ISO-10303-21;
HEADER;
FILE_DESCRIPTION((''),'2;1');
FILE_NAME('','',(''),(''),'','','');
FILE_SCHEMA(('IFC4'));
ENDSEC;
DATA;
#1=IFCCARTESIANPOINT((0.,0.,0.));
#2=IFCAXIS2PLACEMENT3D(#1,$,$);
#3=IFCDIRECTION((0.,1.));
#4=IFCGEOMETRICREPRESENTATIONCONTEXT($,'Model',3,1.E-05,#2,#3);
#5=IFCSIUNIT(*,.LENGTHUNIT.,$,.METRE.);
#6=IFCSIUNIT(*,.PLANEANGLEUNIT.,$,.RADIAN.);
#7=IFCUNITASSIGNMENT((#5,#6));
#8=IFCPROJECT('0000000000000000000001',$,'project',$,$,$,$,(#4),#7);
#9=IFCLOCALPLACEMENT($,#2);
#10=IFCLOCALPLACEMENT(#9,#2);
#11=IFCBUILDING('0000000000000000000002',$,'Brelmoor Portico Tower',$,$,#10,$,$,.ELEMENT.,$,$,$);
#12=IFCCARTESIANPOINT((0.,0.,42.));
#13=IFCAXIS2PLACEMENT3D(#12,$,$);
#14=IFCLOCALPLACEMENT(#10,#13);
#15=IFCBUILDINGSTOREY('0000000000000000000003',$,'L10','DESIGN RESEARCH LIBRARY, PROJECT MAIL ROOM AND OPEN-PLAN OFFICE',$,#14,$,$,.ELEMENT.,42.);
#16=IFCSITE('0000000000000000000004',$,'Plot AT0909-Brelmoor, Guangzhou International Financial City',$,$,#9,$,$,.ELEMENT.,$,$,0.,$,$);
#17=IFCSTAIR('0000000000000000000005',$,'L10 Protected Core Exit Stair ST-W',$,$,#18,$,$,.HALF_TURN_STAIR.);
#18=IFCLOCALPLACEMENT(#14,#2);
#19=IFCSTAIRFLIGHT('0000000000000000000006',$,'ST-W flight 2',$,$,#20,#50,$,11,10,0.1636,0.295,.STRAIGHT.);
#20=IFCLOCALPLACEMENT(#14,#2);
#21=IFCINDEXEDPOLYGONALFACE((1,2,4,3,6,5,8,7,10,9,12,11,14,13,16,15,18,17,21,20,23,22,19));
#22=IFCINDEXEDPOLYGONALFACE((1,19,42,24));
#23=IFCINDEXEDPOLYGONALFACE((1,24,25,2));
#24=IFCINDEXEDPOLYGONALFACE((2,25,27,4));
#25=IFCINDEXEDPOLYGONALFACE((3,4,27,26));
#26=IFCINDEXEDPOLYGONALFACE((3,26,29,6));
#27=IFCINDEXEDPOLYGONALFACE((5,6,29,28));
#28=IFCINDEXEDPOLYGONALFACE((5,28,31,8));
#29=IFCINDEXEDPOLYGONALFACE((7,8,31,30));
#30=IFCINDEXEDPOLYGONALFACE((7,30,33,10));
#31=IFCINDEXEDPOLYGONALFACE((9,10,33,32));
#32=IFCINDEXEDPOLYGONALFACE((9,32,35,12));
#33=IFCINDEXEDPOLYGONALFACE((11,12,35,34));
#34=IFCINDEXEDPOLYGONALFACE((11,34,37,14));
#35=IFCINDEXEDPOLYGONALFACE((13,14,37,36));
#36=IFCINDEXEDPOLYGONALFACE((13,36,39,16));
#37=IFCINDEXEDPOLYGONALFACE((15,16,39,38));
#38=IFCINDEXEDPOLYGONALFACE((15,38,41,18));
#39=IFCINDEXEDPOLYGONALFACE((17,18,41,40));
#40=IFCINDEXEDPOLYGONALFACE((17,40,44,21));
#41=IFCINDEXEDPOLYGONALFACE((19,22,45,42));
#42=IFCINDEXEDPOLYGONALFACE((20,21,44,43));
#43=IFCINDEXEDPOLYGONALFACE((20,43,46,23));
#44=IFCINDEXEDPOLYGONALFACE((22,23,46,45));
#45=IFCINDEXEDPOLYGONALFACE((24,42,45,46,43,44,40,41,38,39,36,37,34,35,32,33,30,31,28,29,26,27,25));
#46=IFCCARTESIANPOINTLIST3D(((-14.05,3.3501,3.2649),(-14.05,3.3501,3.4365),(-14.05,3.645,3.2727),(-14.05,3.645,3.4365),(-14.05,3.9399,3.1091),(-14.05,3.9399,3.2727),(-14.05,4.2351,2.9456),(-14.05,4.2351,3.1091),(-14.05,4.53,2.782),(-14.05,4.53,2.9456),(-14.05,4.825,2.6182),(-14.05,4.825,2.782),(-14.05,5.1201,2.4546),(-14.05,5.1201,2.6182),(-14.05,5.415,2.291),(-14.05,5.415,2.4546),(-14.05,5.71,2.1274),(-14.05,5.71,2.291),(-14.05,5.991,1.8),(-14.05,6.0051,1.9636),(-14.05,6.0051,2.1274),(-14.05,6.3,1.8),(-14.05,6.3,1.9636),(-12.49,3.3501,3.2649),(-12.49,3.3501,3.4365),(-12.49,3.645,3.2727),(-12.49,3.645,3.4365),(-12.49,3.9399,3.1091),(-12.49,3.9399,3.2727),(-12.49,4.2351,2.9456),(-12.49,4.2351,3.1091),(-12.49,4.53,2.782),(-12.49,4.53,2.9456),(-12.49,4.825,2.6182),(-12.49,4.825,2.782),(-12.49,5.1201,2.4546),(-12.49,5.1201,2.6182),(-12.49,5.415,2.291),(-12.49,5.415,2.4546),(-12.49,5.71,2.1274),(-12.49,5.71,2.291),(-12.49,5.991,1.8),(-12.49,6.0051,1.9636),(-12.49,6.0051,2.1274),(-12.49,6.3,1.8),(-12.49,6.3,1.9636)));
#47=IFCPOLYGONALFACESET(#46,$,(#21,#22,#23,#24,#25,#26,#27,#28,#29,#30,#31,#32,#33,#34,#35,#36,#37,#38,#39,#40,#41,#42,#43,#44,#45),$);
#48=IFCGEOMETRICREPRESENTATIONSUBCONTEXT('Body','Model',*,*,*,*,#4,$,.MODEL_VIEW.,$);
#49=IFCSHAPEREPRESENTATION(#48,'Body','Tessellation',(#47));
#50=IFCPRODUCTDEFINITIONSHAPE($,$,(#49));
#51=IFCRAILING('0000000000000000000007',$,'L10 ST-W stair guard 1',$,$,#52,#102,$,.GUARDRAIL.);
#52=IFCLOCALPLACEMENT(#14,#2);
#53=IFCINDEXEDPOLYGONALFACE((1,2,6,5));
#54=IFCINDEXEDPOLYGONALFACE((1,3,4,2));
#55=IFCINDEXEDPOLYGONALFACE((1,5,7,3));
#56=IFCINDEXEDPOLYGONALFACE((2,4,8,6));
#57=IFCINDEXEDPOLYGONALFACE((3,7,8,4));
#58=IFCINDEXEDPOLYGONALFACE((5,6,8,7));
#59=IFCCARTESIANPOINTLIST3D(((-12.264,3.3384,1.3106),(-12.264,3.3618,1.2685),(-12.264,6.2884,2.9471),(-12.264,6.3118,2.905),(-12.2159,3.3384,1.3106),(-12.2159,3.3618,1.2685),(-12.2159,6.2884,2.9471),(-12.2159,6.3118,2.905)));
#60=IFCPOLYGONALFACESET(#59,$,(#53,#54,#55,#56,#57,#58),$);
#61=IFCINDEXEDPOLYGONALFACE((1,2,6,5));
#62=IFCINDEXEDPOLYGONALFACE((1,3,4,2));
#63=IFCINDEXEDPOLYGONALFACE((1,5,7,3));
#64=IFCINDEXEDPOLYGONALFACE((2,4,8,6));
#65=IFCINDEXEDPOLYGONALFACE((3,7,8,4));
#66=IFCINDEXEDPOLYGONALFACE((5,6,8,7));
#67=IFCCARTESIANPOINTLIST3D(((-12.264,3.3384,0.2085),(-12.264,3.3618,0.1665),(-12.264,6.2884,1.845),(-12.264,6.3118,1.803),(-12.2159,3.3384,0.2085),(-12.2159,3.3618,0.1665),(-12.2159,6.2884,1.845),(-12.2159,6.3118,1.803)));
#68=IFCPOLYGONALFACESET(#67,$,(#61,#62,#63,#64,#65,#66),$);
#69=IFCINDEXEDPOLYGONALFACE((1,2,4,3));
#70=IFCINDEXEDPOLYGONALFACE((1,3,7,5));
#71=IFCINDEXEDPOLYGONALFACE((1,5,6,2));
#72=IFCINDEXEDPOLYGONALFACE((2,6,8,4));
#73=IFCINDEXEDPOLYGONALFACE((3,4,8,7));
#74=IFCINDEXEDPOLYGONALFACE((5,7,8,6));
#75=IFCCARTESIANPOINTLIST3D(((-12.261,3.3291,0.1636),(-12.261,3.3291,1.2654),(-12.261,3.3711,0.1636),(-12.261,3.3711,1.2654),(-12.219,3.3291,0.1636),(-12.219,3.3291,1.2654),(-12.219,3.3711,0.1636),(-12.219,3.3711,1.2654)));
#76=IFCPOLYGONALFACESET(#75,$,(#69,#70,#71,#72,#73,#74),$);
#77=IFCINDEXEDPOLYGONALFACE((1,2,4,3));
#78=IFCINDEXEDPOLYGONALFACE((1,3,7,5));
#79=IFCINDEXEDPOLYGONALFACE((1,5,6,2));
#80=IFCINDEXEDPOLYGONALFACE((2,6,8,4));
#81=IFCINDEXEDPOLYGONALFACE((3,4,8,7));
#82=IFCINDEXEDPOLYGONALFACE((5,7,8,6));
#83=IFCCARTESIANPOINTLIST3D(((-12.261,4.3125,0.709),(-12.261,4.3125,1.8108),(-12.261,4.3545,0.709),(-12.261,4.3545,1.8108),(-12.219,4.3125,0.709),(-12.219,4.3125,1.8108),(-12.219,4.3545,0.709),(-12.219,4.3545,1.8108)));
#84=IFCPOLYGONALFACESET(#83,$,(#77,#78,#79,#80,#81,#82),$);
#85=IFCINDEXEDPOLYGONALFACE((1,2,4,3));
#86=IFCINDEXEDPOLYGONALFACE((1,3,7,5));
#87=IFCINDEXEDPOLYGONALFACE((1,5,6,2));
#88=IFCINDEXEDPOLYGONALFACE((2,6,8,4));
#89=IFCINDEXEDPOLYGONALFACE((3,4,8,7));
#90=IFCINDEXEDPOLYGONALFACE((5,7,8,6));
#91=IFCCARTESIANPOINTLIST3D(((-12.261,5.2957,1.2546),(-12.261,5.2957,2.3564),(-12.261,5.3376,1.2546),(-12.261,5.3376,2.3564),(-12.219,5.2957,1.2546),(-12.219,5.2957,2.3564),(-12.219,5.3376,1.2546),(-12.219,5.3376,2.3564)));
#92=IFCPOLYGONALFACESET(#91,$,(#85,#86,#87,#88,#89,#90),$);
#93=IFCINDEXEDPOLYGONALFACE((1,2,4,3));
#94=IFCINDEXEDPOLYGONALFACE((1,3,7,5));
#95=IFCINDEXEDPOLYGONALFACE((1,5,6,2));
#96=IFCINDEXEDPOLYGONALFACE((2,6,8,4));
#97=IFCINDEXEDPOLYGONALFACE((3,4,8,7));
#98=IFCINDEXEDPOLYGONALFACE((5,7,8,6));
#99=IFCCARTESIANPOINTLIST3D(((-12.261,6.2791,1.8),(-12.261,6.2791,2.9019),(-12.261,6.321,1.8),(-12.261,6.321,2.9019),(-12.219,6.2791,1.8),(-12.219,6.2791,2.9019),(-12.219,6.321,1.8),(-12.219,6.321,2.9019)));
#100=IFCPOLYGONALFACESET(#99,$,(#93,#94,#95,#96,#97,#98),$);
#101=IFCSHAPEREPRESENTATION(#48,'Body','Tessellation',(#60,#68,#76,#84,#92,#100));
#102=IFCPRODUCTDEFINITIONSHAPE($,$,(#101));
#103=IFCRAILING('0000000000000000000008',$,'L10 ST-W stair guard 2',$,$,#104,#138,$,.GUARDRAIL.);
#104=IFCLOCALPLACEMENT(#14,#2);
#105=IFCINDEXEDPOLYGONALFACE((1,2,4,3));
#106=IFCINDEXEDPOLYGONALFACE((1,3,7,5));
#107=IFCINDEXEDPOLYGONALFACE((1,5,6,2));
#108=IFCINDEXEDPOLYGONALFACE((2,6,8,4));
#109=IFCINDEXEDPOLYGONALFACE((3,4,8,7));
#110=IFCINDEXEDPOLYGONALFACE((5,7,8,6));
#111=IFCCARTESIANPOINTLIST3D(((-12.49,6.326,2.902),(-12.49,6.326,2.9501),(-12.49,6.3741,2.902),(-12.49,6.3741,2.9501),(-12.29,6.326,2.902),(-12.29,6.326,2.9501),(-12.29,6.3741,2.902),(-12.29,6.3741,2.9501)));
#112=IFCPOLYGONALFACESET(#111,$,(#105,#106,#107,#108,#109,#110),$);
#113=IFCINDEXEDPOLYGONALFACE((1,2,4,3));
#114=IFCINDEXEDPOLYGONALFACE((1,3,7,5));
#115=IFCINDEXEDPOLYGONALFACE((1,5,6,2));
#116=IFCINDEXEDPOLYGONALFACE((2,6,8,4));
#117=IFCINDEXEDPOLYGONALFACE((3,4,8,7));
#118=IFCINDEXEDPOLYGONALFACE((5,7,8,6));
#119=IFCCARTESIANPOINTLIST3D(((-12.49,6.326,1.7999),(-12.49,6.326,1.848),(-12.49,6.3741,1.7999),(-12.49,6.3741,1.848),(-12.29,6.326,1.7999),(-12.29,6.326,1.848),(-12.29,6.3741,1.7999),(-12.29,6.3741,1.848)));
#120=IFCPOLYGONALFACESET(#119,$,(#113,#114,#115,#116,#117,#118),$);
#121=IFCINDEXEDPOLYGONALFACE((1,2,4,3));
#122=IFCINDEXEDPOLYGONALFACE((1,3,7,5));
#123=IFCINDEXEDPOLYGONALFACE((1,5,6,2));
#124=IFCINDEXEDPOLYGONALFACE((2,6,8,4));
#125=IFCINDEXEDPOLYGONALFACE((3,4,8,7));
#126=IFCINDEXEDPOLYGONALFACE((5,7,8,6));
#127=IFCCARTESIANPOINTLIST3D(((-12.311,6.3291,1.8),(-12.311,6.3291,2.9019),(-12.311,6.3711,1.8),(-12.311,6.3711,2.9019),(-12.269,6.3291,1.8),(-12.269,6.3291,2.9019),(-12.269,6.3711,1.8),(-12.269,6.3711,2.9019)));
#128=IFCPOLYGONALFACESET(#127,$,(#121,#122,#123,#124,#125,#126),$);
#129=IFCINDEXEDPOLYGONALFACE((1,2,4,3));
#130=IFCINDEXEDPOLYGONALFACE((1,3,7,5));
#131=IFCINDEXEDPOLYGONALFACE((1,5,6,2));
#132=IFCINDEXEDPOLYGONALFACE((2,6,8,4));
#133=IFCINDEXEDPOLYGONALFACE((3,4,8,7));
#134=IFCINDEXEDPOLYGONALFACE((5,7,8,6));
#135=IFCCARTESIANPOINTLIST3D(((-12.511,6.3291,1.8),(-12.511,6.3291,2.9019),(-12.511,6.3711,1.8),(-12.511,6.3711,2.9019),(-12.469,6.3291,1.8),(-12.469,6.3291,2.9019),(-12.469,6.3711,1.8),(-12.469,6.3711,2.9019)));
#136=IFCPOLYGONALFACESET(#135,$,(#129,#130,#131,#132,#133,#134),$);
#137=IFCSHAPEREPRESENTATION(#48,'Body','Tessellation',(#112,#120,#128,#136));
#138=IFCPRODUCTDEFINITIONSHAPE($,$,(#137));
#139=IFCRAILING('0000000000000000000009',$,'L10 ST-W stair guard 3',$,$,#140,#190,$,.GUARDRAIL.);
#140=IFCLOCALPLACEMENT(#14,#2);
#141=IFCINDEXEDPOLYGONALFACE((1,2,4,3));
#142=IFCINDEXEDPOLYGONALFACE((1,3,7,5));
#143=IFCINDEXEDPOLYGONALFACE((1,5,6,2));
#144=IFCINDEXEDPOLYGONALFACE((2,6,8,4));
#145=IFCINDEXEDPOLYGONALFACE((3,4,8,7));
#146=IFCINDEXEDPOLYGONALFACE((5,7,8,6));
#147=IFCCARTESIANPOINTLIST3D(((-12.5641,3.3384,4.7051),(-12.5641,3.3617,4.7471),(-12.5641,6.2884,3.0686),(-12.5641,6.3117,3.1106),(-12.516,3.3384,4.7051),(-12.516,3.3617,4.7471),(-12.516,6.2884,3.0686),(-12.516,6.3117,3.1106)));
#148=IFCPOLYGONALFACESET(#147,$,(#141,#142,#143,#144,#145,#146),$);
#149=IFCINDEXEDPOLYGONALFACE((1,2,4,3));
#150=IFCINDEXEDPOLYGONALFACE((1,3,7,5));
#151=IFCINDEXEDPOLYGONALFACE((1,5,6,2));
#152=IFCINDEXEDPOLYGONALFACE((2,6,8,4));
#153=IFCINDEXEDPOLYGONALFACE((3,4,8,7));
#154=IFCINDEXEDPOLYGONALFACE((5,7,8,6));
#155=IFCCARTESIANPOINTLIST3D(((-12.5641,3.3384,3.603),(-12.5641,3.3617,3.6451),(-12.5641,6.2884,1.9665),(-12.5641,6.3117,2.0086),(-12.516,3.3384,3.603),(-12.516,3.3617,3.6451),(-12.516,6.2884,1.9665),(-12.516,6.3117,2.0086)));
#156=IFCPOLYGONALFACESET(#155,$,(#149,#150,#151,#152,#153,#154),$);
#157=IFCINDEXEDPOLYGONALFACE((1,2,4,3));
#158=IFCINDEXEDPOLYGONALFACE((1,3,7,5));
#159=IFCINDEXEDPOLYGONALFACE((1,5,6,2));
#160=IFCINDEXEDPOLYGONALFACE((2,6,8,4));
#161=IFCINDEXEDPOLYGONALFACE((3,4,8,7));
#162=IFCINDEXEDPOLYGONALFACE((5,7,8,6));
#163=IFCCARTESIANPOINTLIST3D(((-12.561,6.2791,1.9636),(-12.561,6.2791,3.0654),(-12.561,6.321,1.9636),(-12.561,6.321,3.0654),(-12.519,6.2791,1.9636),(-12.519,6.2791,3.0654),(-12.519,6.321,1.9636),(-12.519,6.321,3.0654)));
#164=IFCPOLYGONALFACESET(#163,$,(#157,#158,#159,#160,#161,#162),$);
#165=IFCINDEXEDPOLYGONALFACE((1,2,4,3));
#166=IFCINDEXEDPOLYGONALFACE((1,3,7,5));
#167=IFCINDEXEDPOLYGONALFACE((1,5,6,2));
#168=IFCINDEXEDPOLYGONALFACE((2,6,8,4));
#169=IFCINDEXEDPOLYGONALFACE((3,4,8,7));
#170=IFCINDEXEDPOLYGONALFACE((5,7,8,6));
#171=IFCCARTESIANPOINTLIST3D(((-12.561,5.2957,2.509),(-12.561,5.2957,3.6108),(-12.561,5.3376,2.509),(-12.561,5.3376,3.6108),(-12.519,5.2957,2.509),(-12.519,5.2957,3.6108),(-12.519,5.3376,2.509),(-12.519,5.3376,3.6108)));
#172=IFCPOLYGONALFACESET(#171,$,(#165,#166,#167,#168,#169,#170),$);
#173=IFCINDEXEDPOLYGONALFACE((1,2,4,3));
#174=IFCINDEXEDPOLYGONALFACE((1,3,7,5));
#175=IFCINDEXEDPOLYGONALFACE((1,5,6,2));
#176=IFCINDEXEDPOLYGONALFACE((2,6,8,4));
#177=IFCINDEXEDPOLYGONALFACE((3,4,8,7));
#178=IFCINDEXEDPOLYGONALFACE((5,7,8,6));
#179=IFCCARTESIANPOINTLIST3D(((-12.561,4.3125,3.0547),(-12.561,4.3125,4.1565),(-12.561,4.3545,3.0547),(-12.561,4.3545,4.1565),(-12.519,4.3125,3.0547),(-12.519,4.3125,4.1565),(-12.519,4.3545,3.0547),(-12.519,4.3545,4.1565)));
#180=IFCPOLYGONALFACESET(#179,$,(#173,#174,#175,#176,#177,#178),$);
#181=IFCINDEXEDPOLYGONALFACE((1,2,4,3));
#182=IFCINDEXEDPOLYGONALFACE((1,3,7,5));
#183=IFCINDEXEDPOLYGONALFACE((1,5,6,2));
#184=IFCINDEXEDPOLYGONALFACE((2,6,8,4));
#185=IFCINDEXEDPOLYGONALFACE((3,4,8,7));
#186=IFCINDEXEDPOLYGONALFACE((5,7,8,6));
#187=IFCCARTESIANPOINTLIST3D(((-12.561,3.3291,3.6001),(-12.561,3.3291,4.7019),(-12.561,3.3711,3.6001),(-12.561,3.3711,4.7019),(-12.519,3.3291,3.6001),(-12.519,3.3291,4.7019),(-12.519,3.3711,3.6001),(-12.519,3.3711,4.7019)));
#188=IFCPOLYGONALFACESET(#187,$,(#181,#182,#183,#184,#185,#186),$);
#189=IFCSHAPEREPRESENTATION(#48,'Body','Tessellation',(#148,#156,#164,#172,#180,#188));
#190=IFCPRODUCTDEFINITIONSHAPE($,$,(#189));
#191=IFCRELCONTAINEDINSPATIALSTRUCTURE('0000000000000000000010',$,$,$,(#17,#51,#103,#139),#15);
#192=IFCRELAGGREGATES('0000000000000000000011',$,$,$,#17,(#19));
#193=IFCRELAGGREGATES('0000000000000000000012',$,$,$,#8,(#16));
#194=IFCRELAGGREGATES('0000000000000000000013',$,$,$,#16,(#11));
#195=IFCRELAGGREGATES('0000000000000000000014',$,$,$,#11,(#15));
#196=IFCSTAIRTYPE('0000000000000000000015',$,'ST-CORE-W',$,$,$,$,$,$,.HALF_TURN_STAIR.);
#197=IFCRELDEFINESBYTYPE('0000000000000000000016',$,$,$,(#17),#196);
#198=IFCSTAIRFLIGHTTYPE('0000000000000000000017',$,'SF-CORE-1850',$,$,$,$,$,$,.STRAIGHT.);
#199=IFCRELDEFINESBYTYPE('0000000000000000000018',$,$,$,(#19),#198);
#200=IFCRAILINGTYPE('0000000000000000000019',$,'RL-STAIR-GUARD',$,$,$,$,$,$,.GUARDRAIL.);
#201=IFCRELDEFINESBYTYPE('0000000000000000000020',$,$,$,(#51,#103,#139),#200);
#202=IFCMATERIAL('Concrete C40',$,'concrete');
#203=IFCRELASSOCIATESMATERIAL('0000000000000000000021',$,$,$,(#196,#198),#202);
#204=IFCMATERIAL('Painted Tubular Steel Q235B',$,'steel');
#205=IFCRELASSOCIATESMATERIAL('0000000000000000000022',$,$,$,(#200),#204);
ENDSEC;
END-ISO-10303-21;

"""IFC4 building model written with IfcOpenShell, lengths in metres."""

from ifc_helpers import new_model, si_unit, direction, frame, origin, origin_2d, place, context, subcontext, project, spatial, polyline, rectangle, outline, extrude, material, type_object, element, aggregate, save


model = new_model("IFC4")

# Units and contexts
model_context = context("Model", 3, precision=1e-05, world=origin(), true_north=direction((0.0, 1.0)))
body_context = subcontext(model_context, "Body", "Model", "MODEL_VIEW")
ifc_project = project(units=[si_unit("LENGTHUNIT", "METRE"), si_unit("PLANEANGLEUNIT", "RADIAN")], contexts=[model_context])

# Site, building, storey
site_placement = place(None, origin())
site = spatial("IfcSite", under=ifc_project, at=site_placement, Name="Plot AT0909-Brelmoor, Guangzhou International Financial City", CompositionType="ELEMENT", RefElevation=0.0)
building_placement = place(site_placement, origin())
building = spatial("IfcBuilding", under=site, at=building_placement, Name="Brelmoor Portico Tower", CompositionType="ELEMENT")
storey_placement = place(building_placement, frame((0.0, 0.0, 42.0)))
storey = spatial("IfcBuildingStorey", under=building, at=storey_placement, Name="L10", Description="DESIGN RESEARCH LIBRARY, PROJECT MAIL ROOM AND OPEN-PLAN OFFICE", CompositionType="ELEMENT", Elevation=42.0)

# Shared definitions
ifc_material_1 = material(Name="Concrete C40", Category="concrete")

# Stair, stair flight
stair_type = type_object("IfcStairType", Name="ST-CORE-W", PredefinedType="HALF_TURN_STAIR", material=ifc_material_1)
stair_placement = place(storey_placement, origin())
stair = element("IfcStair", 1, at=stair_placement, inside=storey, type_object=stair_type, Name="L10 Protected Core Exit Stair ST-W", PredefinedType="HALF_TURN_STAIR")
stair_flight_type = type_object("IfcStairFlightType", Name="SF-CORE-1850", PredefinedType="STRAIGHT", material=ifc_material_1)
stair_flight_1_placement = place(storey_placement, frame((-13.27, 6.3, 1.8), z_axis=(0.0, 0.0, 1.0), x_axis=(0.0, -1.0, 0.0)))
stair_flight_1 = element("IfcStairFlight", 2, at=stair_flight_1_placement, type_object=stair_flight_type, Name="ST-W flight 2", NumberOfRisers=11, NumberOfTreads=10, PredefinedType="STRAIGHT", RiserHeight=0.1636, TreadLength=0.295, context=body_context, shape_type="SweptSolid", body=[
    extrude(outline(polyline([(0.0, 0.0), (0.0, 0.1636), (0.2949, 0.1636), (0.2949, 0.3274), (0.5901, 0.3274), (0.5901, 0.491), (0.885, 0.491), (0.885, 0.6545), (1.1799, 0.6545), (1.1799, 0.8181), (1.4751, 0.8181), (1.4751, 0.9819), (1.77, 0.9819), (1.77, 1.1455), (2.0649, 1.1455), (2.0649, 1.3091), (2.3601, 1.3091), (2.3601, 1.4727), (2.655, 1.4727), (2.655, 1.6365), (2.95, 1.6365), (2.95, 1.8), (2.95, 1.4648), (0.3091, 0.0), (0.0, 0.0)])), frame((0.0, 0.78, 0.0), z_axis=(0.0, -1.0, 0.0), x_axis=(1.0, 0.0, 0.0)), (0.0, 0.0, 1.0), 1.5601),
])
aggregate(stair, [stair_flight_1])

# Railings
ifc_material_2 = material(Name="Painted Tubular Steel Q235B", Category="steel")
railing_type_1 = type_object("IfcRailingType", Name="RL-STAIR-GUARD", PredefinedType="GUARDRAIL", material=ifc_material_2)
railing_1_placement = place(storey_placement, frame((-12.24, 3.3501, 0.1636)))
element("IfcRailing", 3, at=railing_1_placement, inside=storey, type_object=railing_type_1, Name="L10 ST-W stair guard 1", PredefinedType="GUARDRAIL", context=body_context, shape_type="SweptSolid", body=[
    extrude(rectangle(XDim=0.0481, YDim=0.0481, at=origin_2d()), frame((0.0, 0.0, 1.126), z_axis=(0.0, 0.874458, 0.485102), x_axis=(-1.0, 0.0, 0.0)), (0.0, 0.0, 1.0), 3.3735),
    extrude(rectangle(XDim=0.0481, YDim=0.0481, at=origin_2d()), frame((0.0, 0.0, 0.0239), z_axis=(0.0, 0.874458, 0.485102), x_axis=(-1.0, 0.0, 0.0)), (0.0, 0.0, 1.0), 3.3735),
    extrude(rectangle(XDim=0.042, YDim=0.042, at=origin_2d()), origin(), (0.0, 0.0, 1.0), 1.1018),
    extrude(rectangle(XDim=0.042, YDim=0.042, at=origin_2d()), frame((0.0, 0.9834, 0.5454)), (0.0, 0.0, 1.0), 1.1018),
    extrude(rectangle(XDim=0.042, YDim=0.042, at=origin_2d()), frame((0.0, 1.9666, 1.0911)), (0.0, 0.0, 1.0), 1.1018),
    extrude(rectangle(XDim=0.042, YDim=0.042, at=origin_2d()), frame((0.0, 2.95, 1.6365)), (0.0, 0.0, 1.0), 1.1018),
])
railing_2_placement = place(storey_placement, frame((-12.29, 6.3501, 1.8)))
element("IfcRailing", 4, at=railing_2_placement, inside=storey, type_object=railing_type_1, Name="L10 ST-W stair guard 2", PredefinedType="GUARDRAIL", context=body_context, shape_type="SweptSolid", body=[
    extrude(rectangle(XDim=0.0481, YDim=0.0481, at=origin_2d()), frame((0.0, 0.0, 1.126), z_axis=(-1.0, 0.0, 0.0), x_axis=(0.0, -1.0, 0.0)), (0.0, 0.0, 1.0), 0.2),
    extrude(rectangle(XDim=0.0481, YDim=0.0481, at=origin_2d()), frame((0.0, 0.0, 0.0239), z_axis=(-1.0, 0.0, 0.0), x_axis=(0.0, -1.0, 0.0)), (0.0, 0.0, 1.0), 0.2),
    extrude(rectangle(XDim=0.042, YDim=0.042, at=origin_2d()), origin(), (0.0, 0.0, 1.0), 1.1018),
    extrude(rectangle(XDim=0.042, YDim=0.042, at=origin_2d()), frame((-0.2, 0.0, 0.0)), (0.0, 0.0, 1.0), 1.1018),
])
railing_3_placement = place(storey_placement, frame((-12.54, 6.3, 1.9636)))
element("IfcRailing", 5, at=railing_3_placement, inside=storey, type_object=railing_type_1, Name="L10 ST-W stair guard 3", PredefinedType="GUARDRAIL", context=body_context, shape_type="SweptSolid", body=[
    extrude(rectangle(XDim=0.0481, YDim=0.0481, at=origin_2d()), frame((0.0, 0.0, 1.126), z_axis=(0.0, -0.874458, 0.485102), x_axis=(1.0, 0.0, 0.0)), (0.0, 0.0, 1.0), 3.3735),
    extrude(rectangle(XDim=0.0481, YDim=0.0481, at=origin_2d()), frame((0.0, 0.0, 0.0239), z_axis=(0.0, -0.874458, 0.485102), x_axis=(1.0, 0.0, 0.0)), (0.0, 0.0, 1.0), 3.3735),
    extrude(rectangle(XDim=0.042, YDim=0.042, at=origin_2d()), origin(), (0.0, 0.0, 1.0), 1.1018),
    extrude(rectangle(XDim=0.042, YDim=0.042, at=origin_2d()), frame((0.0, -0.9834, 0.5454)), (0.0, 0.0, 1.0), 1.1018),
    extrude(rectangle(XDim=0.042, YDim=0.042, at=origin_2d()), frame((0.0, -1.9666, 1.0911)), (0.0, 0.0, 1.0), 1.1018),
    extrude(rectangle(XDim=0.042, YDim=0.042, at=origin_2d()), frame((0.0, -2.95, 1.6365)), (0.0, 0.0, 1.0), 1.1018),
])

save(model, "model.ifc")
